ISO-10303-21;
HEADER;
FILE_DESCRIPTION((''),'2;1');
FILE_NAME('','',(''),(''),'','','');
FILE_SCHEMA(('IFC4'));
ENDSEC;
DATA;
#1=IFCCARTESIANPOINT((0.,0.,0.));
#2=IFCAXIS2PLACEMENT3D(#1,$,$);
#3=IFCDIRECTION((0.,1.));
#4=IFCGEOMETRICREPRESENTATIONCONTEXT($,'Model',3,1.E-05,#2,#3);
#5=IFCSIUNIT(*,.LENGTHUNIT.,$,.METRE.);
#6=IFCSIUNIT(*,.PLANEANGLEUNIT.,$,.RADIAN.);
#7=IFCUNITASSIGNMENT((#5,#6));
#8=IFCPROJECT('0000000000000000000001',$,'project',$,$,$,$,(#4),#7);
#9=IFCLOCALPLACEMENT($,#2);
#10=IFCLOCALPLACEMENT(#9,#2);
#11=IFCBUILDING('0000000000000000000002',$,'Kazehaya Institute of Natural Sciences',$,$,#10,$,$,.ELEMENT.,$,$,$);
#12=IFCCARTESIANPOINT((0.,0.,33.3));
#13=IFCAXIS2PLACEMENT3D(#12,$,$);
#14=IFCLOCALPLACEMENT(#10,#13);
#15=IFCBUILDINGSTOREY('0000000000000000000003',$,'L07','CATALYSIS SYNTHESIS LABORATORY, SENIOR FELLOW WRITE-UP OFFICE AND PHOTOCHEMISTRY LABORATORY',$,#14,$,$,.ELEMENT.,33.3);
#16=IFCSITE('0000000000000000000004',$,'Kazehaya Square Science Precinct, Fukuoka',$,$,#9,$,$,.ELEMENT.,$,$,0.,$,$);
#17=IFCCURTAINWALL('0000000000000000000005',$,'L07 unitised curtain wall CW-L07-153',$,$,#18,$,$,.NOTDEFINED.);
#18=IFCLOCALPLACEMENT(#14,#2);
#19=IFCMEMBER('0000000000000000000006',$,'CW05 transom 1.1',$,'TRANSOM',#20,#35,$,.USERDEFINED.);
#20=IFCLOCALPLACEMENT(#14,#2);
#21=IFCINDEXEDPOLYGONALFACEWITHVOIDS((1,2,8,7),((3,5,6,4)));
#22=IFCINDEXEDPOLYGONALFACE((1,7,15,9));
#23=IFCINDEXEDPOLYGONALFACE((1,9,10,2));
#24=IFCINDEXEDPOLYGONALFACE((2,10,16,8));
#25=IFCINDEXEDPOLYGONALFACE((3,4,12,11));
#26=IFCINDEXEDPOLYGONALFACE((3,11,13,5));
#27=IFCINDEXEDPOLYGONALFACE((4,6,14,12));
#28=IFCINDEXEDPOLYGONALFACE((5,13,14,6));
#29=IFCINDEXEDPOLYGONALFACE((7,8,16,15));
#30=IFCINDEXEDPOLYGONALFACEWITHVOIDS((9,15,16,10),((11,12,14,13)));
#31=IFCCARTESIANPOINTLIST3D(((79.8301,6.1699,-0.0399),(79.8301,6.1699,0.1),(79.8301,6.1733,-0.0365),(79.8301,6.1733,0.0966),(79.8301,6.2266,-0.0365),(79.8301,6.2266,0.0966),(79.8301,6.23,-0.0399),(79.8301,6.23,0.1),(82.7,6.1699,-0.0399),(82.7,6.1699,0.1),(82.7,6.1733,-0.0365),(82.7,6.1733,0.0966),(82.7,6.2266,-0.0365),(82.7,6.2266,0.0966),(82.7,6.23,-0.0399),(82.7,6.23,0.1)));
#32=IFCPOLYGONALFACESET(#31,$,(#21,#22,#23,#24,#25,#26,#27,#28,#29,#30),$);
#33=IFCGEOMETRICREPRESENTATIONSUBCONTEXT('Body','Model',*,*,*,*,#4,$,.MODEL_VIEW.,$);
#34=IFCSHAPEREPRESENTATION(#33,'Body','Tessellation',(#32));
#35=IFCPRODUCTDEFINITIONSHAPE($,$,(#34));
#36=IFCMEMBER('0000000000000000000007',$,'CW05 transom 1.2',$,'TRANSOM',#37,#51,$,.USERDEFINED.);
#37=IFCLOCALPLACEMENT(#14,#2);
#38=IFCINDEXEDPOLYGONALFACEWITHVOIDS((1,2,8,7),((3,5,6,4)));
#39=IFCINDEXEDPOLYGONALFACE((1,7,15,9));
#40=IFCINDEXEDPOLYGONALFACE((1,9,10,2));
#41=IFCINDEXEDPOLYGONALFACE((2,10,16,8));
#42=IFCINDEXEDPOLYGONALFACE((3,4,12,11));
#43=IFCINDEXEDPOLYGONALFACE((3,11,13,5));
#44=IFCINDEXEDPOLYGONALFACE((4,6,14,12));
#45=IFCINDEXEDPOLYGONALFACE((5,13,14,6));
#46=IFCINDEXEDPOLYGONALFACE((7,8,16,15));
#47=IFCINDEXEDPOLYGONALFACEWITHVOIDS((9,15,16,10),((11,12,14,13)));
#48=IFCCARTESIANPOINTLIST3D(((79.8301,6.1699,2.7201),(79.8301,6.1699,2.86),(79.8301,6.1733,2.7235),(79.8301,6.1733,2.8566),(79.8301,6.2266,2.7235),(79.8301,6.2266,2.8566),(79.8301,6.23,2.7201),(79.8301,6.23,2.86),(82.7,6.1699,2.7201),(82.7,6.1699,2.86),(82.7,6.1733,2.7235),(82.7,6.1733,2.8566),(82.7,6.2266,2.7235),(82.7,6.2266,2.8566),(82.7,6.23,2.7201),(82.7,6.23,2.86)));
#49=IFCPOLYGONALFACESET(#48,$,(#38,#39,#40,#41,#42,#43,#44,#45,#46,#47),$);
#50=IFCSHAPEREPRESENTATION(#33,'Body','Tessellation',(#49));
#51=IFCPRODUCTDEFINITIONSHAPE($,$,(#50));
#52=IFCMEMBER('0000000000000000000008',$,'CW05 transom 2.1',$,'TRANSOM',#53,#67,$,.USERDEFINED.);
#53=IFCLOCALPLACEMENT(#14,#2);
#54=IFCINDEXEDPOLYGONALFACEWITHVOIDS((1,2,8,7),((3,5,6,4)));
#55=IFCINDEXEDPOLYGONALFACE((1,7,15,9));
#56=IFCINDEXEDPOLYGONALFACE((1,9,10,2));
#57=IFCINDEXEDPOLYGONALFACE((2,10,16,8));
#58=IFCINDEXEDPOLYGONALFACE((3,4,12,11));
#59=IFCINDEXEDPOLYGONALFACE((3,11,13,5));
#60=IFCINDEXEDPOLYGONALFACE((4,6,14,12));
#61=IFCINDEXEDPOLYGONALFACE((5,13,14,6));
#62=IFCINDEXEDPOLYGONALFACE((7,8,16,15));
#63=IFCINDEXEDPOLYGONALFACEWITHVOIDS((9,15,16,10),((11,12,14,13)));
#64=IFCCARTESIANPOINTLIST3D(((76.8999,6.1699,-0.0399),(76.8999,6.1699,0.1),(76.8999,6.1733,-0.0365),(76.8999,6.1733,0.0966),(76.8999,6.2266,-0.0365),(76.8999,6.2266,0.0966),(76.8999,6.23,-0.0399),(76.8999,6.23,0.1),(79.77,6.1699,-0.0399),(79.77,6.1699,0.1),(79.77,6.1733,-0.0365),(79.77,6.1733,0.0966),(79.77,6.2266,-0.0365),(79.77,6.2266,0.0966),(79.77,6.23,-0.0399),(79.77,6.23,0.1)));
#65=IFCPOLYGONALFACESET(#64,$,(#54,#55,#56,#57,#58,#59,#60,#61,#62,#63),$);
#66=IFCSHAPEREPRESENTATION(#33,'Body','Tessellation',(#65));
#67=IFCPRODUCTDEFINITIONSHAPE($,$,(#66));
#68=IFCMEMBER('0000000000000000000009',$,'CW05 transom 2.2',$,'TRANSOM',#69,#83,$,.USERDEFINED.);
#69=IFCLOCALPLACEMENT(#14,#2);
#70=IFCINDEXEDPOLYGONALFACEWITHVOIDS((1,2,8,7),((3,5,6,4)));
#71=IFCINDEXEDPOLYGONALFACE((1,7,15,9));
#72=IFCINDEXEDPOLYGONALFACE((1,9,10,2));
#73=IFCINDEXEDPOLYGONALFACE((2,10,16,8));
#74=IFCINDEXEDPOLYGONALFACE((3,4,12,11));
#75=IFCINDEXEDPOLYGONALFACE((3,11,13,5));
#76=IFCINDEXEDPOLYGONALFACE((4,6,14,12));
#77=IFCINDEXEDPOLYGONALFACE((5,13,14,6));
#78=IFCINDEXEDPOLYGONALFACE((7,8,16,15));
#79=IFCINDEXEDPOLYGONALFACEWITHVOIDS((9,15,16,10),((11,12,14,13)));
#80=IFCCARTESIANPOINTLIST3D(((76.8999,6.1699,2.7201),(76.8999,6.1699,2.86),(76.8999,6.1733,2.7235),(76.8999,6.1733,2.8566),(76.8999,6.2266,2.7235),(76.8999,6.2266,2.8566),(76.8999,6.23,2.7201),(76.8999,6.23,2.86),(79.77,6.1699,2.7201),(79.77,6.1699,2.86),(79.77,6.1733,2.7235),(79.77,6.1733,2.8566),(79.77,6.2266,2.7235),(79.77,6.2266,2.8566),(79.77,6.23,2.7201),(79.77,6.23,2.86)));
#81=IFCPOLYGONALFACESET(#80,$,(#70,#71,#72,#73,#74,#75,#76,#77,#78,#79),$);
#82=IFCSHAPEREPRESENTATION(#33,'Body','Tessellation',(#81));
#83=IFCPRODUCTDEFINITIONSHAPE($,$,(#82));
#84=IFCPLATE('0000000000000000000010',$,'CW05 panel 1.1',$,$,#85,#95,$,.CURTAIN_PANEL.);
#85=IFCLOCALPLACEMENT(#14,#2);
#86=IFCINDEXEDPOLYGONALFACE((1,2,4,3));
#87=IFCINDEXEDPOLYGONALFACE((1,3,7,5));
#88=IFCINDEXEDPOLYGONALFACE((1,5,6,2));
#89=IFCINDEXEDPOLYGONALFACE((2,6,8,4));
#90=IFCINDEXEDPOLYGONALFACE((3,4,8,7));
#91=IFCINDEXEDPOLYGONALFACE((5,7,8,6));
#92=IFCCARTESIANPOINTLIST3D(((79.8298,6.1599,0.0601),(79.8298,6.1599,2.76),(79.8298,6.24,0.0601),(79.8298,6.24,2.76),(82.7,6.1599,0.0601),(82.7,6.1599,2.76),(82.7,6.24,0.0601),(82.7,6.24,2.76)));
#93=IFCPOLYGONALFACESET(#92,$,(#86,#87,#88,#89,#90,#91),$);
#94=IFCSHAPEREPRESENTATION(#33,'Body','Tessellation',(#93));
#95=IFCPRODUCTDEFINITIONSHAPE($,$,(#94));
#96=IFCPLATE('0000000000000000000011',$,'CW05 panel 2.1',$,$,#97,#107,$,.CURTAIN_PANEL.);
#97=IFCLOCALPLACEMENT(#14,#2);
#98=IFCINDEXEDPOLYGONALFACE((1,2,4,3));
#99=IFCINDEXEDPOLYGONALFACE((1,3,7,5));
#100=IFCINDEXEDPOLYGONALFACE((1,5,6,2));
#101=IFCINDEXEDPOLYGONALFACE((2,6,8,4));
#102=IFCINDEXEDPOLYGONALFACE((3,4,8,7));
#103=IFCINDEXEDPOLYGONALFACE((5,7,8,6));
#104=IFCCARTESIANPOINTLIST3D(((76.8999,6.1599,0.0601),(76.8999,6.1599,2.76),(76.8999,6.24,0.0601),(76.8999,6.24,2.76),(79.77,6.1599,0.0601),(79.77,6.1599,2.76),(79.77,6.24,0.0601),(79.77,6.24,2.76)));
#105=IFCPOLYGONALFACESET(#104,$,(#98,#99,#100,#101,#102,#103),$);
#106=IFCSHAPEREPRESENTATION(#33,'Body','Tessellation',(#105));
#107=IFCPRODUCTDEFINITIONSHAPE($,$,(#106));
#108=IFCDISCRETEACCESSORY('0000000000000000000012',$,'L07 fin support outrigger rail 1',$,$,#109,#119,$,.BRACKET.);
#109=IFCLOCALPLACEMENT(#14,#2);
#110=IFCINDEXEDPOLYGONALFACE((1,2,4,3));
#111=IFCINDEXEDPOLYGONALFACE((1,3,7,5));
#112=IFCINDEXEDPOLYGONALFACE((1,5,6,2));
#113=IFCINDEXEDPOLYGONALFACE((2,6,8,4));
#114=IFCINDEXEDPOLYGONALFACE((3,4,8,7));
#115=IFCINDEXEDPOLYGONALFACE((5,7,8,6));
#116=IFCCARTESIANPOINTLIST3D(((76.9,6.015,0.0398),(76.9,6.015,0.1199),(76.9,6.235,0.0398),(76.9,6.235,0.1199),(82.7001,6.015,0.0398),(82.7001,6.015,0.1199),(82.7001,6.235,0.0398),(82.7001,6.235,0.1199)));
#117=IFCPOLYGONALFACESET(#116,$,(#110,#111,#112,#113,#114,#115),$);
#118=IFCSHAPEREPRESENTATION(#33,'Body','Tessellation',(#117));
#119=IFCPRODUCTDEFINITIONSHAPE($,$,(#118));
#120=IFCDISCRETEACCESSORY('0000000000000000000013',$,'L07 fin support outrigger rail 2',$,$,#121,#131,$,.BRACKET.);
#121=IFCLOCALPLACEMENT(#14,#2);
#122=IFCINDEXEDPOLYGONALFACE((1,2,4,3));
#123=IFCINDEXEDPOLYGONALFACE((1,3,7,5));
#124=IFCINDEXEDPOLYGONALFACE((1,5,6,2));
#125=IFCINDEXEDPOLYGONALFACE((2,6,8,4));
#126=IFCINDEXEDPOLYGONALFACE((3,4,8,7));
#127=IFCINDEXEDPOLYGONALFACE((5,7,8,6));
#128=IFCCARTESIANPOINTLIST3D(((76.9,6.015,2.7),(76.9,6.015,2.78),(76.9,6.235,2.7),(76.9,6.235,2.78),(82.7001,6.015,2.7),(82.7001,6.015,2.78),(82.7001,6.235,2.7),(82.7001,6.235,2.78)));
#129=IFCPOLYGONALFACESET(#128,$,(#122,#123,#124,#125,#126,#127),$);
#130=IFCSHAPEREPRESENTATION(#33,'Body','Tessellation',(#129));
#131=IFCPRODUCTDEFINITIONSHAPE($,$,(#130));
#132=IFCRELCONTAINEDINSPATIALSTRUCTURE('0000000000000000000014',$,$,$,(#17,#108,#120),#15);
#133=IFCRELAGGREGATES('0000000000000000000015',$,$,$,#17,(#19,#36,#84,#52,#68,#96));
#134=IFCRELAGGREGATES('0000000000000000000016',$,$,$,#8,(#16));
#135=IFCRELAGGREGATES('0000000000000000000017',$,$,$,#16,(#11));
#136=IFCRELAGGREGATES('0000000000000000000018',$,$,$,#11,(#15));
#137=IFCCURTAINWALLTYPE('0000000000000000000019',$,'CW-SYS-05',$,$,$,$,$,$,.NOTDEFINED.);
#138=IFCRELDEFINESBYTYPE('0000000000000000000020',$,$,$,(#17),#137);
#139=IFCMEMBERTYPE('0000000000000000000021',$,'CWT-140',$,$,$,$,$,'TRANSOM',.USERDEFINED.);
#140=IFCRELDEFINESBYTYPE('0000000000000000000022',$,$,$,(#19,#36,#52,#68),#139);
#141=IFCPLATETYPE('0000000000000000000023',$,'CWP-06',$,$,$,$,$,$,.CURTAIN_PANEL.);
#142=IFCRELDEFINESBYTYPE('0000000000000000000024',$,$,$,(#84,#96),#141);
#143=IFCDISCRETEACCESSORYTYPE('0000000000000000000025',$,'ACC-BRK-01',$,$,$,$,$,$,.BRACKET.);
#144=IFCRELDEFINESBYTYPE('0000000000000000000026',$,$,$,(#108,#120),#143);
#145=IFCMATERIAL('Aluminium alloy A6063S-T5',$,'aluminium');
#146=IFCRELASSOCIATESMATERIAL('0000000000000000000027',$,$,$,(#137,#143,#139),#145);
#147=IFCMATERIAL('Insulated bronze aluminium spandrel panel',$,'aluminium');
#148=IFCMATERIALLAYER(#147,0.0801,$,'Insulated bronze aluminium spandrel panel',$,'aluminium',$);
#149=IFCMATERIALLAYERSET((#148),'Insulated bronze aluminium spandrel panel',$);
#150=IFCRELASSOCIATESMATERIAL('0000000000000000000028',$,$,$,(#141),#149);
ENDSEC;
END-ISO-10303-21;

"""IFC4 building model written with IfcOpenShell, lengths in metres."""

from ifc_helpers import new_model, si_unit, direction, frame, origin, origin_2d, place, context, subcontext, project, spatial, rectangle, hollow_rectangle, extrude, material, layer, layer_set, material_profile, profile_set, type_object, element, aggregate, save


model = new_model("IFC4")

# Units and contexts
model_context = context("Model", 3, precision=1e-05, world=origin(), true_north=direction((0.0, 1.0)))
body_context = subcontext(model_context, "Body", "Model", "MODEL_VIEW")
ifc_project = project(units=[si_unit("LENGTHUNIT", "METRE"), si_unit("PLANEANGLEUNIT", "RADIAN")], contexts=[model_context])

# Site, building, storey
site_placement = place(None, origin())
site = spatial("IfcSite", under=ifc_project, at=site_placement, Name="Kazehaya Square Science Precinct, Fukuoka", CompositionType="ELEMENT", RefElevation=0.0)
building_placement = place(site_placement, origin())
building = spatial("IfcBuilding", under=site, at=building_placement, Name="Kazehaya Institute of Natural Sciences", CompositionType="ELEMENT")
storey_placement = place(building_placement, frame((0.0, 0.0, 33.3)))
storey = spatial("IfcBuildingStorey", under=building, at=storey_placement, Name="L07", Description="CATALYSIS SYNTHESIS LABORATORY, SENIOR FELLOW WRITE-UP OFFICE AND PHOTOCHEMISTRY LABORATORY", CompositionType="ELEMENT", Elevation=33.3)

# Shared definitions
ifc_material_1 = material(Name="Aluminium alloy A6063S-T5", Category="aluminium")
curtain_wall_type = type_object("IfcCurtainWallType", Name="CW-SYS-05", PredefinedType="NOTDEFINED", material=ifc_material_1)

# Curtain wall, members, plates
curtain_wall_1_placement = place(storey_placement, origin())
curtain_wall_1 = element("IfcCurtainWall", 1, at=curtain_wall_1_placement, inside=storey, type_object=curtain_wall_type, Name="L07 unitised curtain wall CW-L07-153", PredefinedType="NOTDEFINED")
ifc_material_profile_1 = material_profile(ifc_material_1, hollow_rectangle(XDim=0.0601, YDim=0.1399, WallThickness=0.0034, at=origin_2d()), Name="ALU-60x140x3.5")
ifc_profile_set_1 = profile_set([ifc_material_profile_1], Name="Aluminium alloy A6063S-T5")
member_type_1 = type_object("IfcMemberType", Name="CWT-140", ElementType="TRANSOM", PredefinedType="USERDEFINED", material=ifc_profile_set_1)
member_1_placement = place(storey_placement, frame((82.7, 6.2, 0.03), z_axis=(-1.0, 0.0, 0.0), x_axis=(0.0, -1.0, 0.0)))
member_1 = element("IfcMember", 2, at=member_1_placement, type_object=member_type_1, Name="CW05 transom 1.1", ObjectType="TRANSOM", PredefinedType="USERDEFINED", context=body_context, shape_type="SweptSolid", body=[
    extrude(hollow_rectangle(XDim=0.0601, YDim=0.1399, WallThickness=0.0034, at=origin_2d()), origin(), (0.0, 0.0, 1.0), 2.8699),
])
member_2_placement = place(storey_placement, frame((82.7, 6.2, 2.79), z_axis=(-1.0, 0.0, 0.0), x_axis=(0.0, -1.0, 0.0)))
member_2 = element("IfcMember", 3, at=member_2_placement, type_object=member_type_1, Name="CW05 transom 1.2", ObjectType="TRANSOM", PredefinedType="USERDEFINED", context=body_context, shape_type="SweptSolid", body=[
    extrude(hollow_rectangle(XDim=0.0601, YDim=0.1399, WallThickness=0.0034, at=origin_2d()), origin(), (0.0, 0.0, 1.0), 2.8699),
])
member_3_placement = place(storey_placement, frame((79.77, 6.2, 0.03), z_axis=(-1.0, 0.0, 0.0), x_axis=(0.0, -1.0, 0.0)))
member_3 = element("IfcMember", 4, at=member_3_placement, type_object=member_type_1, Name="CW05 transom 2.1", ObjectType="TRANSOM", PredefinedType="USERDEFINED", context=body_context, shape_type="SweptSolid", body=[
    extrude(hollow_rectangle(XDim=0.0601, YDim=0.1399, WallThickness=0.0034, at=origin_2d()), origin(), (0.0, 0.0, 1.0), 2.8701),
])
member_4_placement = place(storey_placement, frame((79.77, 6.2, 2.79), z_axis=(-1.0, 0.0, 0.0), x_axis=(0.0, -1.0, 0.0)))
member_4 = element("IfcMember", 5, at=member_4_placement, type_object=member_type_1, Name="CW05 transom 2.2", ObjectType="TRANSOM", PredefinedType="USERDEFINED", context=body_context, shape_type="SweptSolid", body=[
    extrude(hollow_rectangle(XDim=0.0601, YDim=0.1399, WallThickness=0.0034, at=origin_2d()), origin(), (0.0, 0.0, 1.0), 2.8701),
])
ifc_material_2 = material(Name="Insulated bronze aluminium spandrel panel", Category="aluminium")
ifc_layer = layer(ifc_material_2, 0.0801, Name="Insulated bronze aluminium spandrel panel", Category="aluminium")
ifc_layer_set = layer_set([ifc_layer], Name="Insulated bronze aluminium spandrel panel")
plate_type = type_object("IfcPlateType", Name="CWP-06", PredefinedType="CURTAIN_PANEL", material=ifc_layer_set)
plate_1_placement = place(storey_placement, frame((81.2649, 6.2, 0.0601), z_axis=(0.0, 0.0, 1.0), x_axis=(-1.0, 0.0, 0.0)))
plate_1 = element("IfcPlate", 6, at=plate_1_placement, type_object=plate_type, Name="CW05 panel 1.1", PredefinedType="CURTAIN_PANEL", context=body_context, shape_type="SweptSolid", body=[
    extrude(rectangle(XDim=2.8701, YDim=0.0801, at=origin_2d()), origin(), (0.0, 0.0, 1.0), 2.7),
])
plate_2_placement = place(storey_placement, frame((78.335, 6.2, 0.0601), z_axis=(0.0, 0.0, 1.0), x_axis=(-1.0, 0.0, 0.0)))
plate_2 = element("IfcPlate", 7, at=plate_2_placement, type_object=plate_type, Name="CW05 panel 2.1", PredefinedType="CURTAIN_PANEL", context=body_context, shape_type="SweptSolid", body=[
    extrude(rectangle(XDim=2.8701, YDim=0.0801, at=origin_2d()), origin(), (0.0, 0.0, 1.0), 2.7),
])
aggregate(curtain_wall_1, [member_1, member_2, plate_1, member_3, member_4, plate_2])

# Discrete accessories
discrete_accessory_type = type_object("IfcDiscreteAccessoryType", Name="ACC-BRK-01", PredefinedType="BRACKET", material=ifc_material_1)
for number, where, z_axis, x_axis, name in (
    (8, (79.8, 6.125, 0.0398), (0.0, 0.0, 1.0), (-1.0, 0.0, 0.0), "L07 fin support outrigger rail 1"),
    (9, (79.8, 6.125, 2.7), (0.0, 0.0, 1.0), (-1.0, 0.0, 0.0), "L07 fin support outrigger rail 2"),
):
    element("IfcDiscreteAccessory", number, at=place(storey_placement, frame(where, z_axis=z_axis, x_axis=x_axis)), inside=storey, type_object=discrete_accessory_type, Name=name, PredefinedType="BRACKET", context=body_context, shape_type="SweptSolid", body=[
        extrude(rectangle(XDim=5.8, YDim=0.22, at=origin_2d()), origin(), (0.0, 0.0, 1.0), 0.0801),
    ])

save(model, "model.ifc")
